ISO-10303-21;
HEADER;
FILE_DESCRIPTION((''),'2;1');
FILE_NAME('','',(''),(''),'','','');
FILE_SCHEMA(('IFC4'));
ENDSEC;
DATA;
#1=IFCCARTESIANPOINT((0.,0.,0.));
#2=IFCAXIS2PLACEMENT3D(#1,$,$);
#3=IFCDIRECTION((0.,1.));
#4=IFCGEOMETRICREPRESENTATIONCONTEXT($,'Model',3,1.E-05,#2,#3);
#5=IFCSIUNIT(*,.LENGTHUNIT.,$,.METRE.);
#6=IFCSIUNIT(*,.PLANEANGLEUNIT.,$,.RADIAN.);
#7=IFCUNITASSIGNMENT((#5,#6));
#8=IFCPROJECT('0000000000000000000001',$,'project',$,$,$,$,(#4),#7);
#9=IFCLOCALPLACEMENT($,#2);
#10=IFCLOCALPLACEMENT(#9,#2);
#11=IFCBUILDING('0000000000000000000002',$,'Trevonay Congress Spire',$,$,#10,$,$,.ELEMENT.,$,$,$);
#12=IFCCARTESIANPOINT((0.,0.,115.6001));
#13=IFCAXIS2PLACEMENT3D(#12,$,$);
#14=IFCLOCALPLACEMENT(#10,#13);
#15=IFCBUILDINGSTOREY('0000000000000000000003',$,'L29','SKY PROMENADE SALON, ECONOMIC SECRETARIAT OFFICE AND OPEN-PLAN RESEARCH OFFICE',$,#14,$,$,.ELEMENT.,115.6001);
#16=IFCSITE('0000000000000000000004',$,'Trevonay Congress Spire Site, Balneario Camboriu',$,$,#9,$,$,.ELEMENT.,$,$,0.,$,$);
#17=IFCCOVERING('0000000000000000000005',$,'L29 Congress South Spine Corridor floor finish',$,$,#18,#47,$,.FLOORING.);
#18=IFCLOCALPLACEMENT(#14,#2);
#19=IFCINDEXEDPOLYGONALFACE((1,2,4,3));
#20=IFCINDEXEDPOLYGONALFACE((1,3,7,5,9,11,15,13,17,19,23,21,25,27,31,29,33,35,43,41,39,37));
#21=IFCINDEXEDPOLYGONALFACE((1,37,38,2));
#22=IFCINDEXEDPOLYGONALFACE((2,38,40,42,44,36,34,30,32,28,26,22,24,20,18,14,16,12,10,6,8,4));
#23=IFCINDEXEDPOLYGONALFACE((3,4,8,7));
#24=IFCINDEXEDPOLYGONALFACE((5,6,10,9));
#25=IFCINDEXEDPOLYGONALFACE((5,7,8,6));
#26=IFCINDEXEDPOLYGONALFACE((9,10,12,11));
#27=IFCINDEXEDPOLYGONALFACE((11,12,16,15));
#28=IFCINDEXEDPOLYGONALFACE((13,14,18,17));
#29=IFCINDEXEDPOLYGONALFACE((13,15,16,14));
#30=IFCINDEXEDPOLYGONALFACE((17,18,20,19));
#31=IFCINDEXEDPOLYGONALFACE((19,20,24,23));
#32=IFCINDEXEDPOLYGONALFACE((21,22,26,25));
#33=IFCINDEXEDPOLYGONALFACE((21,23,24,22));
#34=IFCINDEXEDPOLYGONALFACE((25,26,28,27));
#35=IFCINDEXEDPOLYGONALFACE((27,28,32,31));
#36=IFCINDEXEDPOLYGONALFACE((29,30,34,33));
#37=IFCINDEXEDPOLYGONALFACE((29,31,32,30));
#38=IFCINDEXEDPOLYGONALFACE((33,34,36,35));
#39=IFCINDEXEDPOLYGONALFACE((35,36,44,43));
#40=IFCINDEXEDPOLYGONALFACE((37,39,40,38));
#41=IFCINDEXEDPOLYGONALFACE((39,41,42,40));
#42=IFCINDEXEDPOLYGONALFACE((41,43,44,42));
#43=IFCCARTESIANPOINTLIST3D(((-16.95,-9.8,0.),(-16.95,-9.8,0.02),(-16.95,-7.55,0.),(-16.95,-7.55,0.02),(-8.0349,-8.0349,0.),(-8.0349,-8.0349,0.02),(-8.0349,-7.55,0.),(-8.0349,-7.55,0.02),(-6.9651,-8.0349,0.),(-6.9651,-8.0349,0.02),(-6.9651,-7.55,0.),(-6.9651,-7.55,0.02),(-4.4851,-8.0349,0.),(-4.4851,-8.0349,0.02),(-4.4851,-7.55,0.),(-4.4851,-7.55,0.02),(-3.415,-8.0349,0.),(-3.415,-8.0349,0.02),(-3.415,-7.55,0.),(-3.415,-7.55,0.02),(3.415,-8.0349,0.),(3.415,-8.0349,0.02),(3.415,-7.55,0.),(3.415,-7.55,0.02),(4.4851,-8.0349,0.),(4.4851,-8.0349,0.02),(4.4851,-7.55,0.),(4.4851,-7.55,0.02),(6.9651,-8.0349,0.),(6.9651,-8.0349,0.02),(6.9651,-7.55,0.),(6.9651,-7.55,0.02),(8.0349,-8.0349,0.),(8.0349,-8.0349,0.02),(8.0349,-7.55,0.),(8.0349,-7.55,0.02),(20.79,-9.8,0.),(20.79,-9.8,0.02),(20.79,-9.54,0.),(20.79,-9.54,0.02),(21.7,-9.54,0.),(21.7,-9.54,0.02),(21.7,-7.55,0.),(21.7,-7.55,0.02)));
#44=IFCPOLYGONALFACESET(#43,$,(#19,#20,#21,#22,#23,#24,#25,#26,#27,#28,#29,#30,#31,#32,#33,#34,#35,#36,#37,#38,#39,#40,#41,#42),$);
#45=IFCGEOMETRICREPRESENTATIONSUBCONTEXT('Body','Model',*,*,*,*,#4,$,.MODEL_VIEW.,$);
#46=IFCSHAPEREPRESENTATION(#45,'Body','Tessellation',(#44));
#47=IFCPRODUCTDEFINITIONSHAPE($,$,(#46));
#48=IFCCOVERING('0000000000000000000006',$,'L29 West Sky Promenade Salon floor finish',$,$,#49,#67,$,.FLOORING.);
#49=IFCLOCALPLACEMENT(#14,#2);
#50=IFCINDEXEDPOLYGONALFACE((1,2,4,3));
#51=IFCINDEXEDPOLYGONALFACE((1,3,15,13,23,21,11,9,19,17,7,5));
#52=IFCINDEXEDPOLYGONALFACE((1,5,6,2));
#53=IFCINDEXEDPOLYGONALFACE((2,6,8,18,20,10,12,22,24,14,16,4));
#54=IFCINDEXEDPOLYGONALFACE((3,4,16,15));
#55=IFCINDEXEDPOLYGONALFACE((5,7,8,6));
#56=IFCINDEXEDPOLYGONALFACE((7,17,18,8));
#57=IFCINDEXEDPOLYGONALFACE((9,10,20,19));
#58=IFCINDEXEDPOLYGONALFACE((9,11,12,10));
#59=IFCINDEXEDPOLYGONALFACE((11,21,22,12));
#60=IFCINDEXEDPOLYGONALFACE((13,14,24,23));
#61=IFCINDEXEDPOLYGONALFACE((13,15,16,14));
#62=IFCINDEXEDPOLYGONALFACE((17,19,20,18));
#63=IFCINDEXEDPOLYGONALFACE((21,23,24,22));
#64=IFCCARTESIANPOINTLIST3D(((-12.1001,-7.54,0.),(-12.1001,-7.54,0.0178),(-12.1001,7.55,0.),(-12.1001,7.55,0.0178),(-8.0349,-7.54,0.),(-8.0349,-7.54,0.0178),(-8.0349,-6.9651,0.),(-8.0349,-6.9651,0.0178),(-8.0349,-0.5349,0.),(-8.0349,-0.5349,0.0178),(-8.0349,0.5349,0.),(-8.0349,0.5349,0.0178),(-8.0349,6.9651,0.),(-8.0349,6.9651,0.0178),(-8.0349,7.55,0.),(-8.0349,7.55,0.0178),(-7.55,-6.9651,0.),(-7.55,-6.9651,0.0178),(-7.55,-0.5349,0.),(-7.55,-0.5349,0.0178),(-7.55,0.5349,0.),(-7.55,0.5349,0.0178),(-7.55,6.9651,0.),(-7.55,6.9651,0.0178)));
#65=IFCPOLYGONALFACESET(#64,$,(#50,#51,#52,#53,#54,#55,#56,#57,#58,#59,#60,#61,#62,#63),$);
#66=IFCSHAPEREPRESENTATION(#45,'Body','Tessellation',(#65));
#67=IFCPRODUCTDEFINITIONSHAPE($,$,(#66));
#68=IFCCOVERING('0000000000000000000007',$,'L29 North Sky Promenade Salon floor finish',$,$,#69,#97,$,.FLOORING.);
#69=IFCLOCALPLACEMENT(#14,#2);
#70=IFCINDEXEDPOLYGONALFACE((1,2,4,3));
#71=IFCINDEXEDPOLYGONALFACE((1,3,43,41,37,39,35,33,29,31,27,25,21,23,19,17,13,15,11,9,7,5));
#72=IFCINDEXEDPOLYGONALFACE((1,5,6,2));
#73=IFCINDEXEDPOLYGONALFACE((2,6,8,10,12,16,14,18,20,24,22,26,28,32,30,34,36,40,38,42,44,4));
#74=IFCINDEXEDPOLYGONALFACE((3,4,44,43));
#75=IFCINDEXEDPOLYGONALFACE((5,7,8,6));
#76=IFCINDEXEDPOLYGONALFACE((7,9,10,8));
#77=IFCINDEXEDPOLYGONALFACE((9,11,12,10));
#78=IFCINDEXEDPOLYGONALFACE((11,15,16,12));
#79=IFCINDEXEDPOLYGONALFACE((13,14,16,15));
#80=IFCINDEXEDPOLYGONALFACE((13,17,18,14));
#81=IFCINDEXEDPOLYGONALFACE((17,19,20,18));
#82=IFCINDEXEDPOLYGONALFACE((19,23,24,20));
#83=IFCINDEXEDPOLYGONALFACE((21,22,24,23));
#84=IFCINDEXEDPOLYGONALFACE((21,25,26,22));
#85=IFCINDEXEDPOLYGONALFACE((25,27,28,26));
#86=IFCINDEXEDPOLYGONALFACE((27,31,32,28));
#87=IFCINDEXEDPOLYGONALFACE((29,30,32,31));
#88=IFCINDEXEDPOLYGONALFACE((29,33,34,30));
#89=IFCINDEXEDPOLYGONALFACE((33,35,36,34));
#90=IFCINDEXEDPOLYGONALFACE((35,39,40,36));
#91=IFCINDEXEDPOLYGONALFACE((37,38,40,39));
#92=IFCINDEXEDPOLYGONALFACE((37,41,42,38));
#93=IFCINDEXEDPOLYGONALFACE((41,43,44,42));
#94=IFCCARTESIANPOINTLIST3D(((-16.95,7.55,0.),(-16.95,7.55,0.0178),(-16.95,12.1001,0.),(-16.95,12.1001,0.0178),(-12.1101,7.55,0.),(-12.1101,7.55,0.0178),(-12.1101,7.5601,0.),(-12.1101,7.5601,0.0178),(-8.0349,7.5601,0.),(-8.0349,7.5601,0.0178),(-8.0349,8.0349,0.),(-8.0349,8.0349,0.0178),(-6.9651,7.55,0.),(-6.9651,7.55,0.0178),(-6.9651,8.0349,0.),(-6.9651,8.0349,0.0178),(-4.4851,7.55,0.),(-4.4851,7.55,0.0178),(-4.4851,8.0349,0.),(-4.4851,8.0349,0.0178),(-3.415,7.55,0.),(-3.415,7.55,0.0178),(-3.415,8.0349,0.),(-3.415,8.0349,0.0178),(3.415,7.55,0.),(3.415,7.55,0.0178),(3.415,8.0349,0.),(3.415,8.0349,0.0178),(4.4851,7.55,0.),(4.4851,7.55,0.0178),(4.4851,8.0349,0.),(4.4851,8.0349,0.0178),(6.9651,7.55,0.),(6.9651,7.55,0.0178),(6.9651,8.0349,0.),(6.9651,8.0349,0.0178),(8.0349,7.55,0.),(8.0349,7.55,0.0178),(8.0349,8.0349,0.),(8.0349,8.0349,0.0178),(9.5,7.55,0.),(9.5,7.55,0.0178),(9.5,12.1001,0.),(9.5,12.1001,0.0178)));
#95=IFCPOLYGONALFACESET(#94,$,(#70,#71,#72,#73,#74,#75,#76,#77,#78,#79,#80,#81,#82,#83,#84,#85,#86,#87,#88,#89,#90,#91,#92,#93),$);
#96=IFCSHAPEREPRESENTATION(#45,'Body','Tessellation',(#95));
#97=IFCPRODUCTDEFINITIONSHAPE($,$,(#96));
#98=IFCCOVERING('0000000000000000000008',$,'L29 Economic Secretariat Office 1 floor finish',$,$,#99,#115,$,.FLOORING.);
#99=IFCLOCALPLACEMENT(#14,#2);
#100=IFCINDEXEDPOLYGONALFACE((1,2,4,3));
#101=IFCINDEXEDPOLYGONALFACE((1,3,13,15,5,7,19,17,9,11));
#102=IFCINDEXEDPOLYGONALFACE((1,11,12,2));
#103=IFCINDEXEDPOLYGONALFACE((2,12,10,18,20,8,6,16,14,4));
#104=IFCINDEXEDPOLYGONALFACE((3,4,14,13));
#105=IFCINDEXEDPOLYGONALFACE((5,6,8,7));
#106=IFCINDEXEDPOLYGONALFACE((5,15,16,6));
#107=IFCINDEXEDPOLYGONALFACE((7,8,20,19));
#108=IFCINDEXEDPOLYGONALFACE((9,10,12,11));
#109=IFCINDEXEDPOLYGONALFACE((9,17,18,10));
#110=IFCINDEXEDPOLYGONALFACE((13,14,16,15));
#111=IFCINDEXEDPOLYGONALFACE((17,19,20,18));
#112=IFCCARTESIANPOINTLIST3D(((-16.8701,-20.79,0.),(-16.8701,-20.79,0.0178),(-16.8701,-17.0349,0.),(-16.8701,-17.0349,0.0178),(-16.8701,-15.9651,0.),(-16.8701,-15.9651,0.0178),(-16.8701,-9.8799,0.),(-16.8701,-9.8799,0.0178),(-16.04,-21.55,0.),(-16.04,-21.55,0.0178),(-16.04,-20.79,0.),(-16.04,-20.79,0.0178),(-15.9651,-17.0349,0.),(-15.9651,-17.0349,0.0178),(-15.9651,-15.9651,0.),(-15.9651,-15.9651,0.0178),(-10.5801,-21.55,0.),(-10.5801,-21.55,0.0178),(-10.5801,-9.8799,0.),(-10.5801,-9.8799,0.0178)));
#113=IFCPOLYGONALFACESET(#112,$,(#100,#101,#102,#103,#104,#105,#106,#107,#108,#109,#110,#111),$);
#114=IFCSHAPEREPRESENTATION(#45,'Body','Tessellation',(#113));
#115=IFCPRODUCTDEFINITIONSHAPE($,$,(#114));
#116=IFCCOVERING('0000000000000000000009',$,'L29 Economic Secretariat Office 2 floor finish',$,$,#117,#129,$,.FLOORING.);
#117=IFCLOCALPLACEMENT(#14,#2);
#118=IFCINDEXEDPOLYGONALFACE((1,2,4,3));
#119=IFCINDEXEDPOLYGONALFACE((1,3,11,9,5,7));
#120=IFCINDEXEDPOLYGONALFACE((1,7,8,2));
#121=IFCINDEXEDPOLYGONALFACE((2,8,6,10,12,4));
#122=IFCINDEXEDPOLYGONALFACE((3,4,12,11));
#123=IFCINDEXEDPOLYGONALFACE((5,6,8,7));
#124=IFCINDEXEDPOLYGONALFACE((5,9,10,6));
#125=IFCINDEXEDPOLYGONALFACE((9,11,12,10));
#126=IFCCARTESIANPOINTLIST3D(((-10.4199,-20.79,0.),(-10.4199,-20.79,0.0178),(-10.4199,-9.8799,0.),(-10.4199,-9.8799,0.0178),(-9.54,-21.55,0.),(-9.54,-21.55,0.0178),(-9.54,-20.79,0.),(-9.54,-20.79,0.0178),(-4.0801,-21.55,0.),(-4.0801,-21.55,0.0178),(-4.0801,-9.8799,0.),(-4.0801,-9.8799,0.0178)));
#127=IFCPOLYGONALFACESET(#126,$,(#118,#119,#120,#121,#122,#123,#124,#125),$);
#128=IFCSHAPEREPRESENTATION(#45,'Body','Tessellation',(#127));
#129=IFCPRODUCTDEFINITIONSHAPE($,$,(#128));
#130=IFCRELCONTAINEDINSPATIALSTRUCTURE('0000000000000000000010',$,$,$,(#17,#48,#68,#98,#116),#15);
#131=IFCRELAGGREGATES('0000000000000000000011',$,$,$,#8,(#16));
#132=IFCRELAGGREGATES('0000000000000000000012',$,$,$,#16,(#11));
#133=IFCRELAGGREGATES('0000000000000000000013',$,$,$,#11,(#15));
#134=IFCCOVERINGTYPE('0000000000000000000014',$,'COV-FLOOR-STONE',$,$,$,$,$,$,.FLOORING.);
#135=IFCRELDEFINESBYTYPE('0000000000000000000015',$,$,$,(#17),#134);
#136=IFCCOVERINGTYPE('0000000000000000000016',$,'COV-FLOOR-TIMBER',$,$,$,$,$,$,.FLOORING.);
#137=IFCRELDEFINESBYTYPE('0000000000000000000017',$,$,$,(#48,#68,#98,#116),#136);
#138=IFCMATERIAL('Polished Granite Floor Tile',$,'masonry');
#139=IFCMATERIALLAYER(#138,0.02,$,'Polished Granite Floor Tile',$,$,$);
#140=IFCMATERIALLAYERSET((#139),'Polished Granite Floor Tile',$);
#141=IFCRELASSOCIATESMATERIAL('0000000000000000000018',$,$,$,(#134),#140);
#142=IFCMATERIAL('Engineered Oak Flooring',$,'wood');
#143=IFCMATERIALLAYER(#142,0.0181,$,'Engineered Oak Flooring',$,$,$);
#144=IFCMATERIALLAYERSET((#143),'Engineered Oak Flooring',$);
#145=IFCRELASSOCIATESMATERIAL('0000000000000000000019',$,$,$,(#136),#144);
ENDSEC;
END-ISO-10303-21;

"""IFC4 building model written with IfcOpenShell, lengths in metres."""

from ifc_helpers import new_model, si_unit, direction, frame, origin, place, context, subcontext, project, spatial, polyline, outline, extrude, material, layer, layer_set, type_object, element, save


model = new_model("IFC4")

# Units and contexts
model_context = context("Model", 3, precision=1e-05, world=origin(), true_north=direction((0.0, 1.0)))
body_context = subcontext(model_context, "Body", "Model", "MODEL_VIEW")
ifc_project = project(units=[si_unit("LENGTHUNIT", "METRE"), si_unit("PLANEANGLEUNIT", "RADIAN")], contexts=[model_context])

# Site, building, storey
site_placement = place(None, origin())
site = spatial("IfcSite", under=ifc_project, at=site_placement, Name="Trevonay Congress Spire Site, Balneario Camboriu", CompositionType="ELEMENT", RefElevation=0.0)
building_placement = place(site_placement, origin())
building = spatial("IfcBuilding", under=site, at=building_placement, Name="Trevonay Congress Spire", CompositionType="ELEMENT")
storey_placement = place(building_placement, frame((0.0, 0.0, 115.6001)))
storey = spatial("IfcBuildingStorey", under=building, at=storey_placement, Name="L29", Description="SKY PROMENADE SALON, ECONOMIC SECRETARIAT OFFICE AND OPEN-PLAN RESEARCH OFFICE", CompositionType="ELEMENT", Elevation=115.6001)

# Coverings
ifc_material_1 = material(Name="Polished Granite Floor Tile", Category="masonry")
ifc_layer_1 = layer(ifc_material_1, 0.02, Name="Polished Granite Floor Tile")
ifc_layer_set_1 = layer_set([ifc_layer_1], Name="Polished Granite Floor Tile")
covering_type_1 = type_object("IfcCoveringType", Name="COV-FLOOR-STONE", PredefinedType="FLOORING", material=ifc_layer_set_1)
covering_1_placement = place(storey_placement, origin())
element("IfcCovering", 1, at=covering_1_placement, inside=storey, type_object=covering_type_1, Name="L29 Congress South Spine Corridor floor finish", PredefinedType="FLOORING", context=body_context, shape_type="SweptSolid", body=[
    extrude(outline(polyline([(-16.95, -9.8), (-16.95, -7.55), (-8.0349, -7.55), (-8.0349, -8.0349), (-6.9651, -8.0349), (-6.9651, -7.55), (-4.4851, -7.55), (-4.4851, -8.0349), (-3.415, -8.0349), (-3.415, -7.55), (3.415, -7.55), (3.415, -8.0349), (4.4851, -8.0349), (4.4851, -7.55), (6.9651, -7.55), (6.9651, -8.0349), (8.0349, -8.0349), (8.0349, -7.55), (21.7, -7.55), (21.7, -9.54), (20.79, -9.54), (20.79, -9.8), (-16.95, -9.8)])), origin(), (0.0, 0.0, 1.0), 0.02),
])
ifc_material_2 = material(Name="Engineered Oak Flooring", Category="wood")
ifc_layer_2 = layer(ifc_material_2, 0.0181, Name="Engineered Oak Flooring")
ifc_layer_set_2 = layer_set([ifc_layer_2], Name="Engineered Oak Flooring")
covering_type_2 = type_object("IfcCoveringType", Name="COV-FLOOR-TIMBER", PredefinedType="FLOORING", material=ifc_layer_set_2)
covering_2_placement = place(storey_placement, origin())
element("IfcCovering", 2, at=covering_2_placement, inside=storey, type_object=covering_type_2, Name="L29 West Sky Promenade Salon floor finish", PredefinedType="FLOORING", context=body_context, shape_type="SweptSolid", body=[
    extrude(outline(polyline([(-12.1001, 7.55), (-8.0349, 7.55), (-8.0349, 6.9651), (-7.55, 6.9651), (-7.55, 0.5349), (-8.0349, 0.5349), (-8.0349, -0.5349), (-7.55, -0.5349), (-7.55, -6.9651), (-8.0349, -6.9651), (-8.0349, -7.54), (-12.1001, -7.54), (-12.1001, 7.55)])), origin(), (0.0, 0.0, 1.0), 0.0178),
])
covering_3_placement = place(storey_placement, origin())
element("IfcCovering", 3, at=covering_3_placement, inside=storey, type_object=covering_type_2, Name="L29 North Sky Promenade Salon floor finish", PredefinedType="FLOORING", context=body_context, shape_type="SweptSolid", body=[
    extrude(outline(polyline([(-16.95, 12.1001), (9.5, 12.1001), (9.5, 7.55), (8.0349, 7.55), (8.0349, 8.0349), (6.9651, 8.0349), (6.9651, 7.55), (4.4851, 7.55), (4.4851, 8.0349), (3.415, 8.0349), (3.415, 7.55), (-3.415, 7.55), (-3.415, 8.0349), (-4.4851, 8.0349), (-4.4851, 7.55), (-6.9651, 7.55), (-6.9651, 8.0349), (-8.0349, 8.0349), (-8.0349, 7.5601), (-12.1101, 7.5601), (-12.1101, 7.55), (-16.95, 7.55), (-16.95, 12.1001)])), origin(), (0.0, 0.0, 1.0), 0.0178),
])
covering_4_placement = place(storey_placement, origin())
element("IfcCovering", 4, at=covering_4_placement, inside=storey, type_object=covering_type_2, Name="L29 Economic Secretariat Office 1 floor finish", PredefinedType="FLOORING", context=body_context, shape_type="SweptSolid", body=[
    extrude(outline(polyline([(-16.8701, -9.8799), (-10.5801, -9.8799), (-10.5801, -21.55), (-16.04, -21.55), (-16.04, -20.79), (-16.8701, -20.79), (-16.8701, -17.0349), (-15.9651, -17.0349), (-15.9651, -15.9651), (-16.8701, -15.9651), (-16.8701, -9.8799)])), origin(), (0.0, 0.0, 1.0), 0.0178),
])
covering_5_placement = place(storey_placement, origin())
element("IfcCovering", 5, at=covering_5_placement, inside=storey, type_object=covering_type_2, Name="L29 Economic Secretariat Office 2 floor finish", PredefinedType="FLOORING", context=body_context, shape_type="SweptSolid", body=[
    extrude(outline(polyline([(-10.4199, -9.8799), (-4.0801, -9.8799), (-4.0801, -21.55), (-9.54, -21.55), (-9.54, -20.79), (-10.4199, -20.79), (-10.4199, -9.8799)])), origin(), (0.0, 0.0, 1.0), 0.0178),
])

save(model, "model.ifc")
